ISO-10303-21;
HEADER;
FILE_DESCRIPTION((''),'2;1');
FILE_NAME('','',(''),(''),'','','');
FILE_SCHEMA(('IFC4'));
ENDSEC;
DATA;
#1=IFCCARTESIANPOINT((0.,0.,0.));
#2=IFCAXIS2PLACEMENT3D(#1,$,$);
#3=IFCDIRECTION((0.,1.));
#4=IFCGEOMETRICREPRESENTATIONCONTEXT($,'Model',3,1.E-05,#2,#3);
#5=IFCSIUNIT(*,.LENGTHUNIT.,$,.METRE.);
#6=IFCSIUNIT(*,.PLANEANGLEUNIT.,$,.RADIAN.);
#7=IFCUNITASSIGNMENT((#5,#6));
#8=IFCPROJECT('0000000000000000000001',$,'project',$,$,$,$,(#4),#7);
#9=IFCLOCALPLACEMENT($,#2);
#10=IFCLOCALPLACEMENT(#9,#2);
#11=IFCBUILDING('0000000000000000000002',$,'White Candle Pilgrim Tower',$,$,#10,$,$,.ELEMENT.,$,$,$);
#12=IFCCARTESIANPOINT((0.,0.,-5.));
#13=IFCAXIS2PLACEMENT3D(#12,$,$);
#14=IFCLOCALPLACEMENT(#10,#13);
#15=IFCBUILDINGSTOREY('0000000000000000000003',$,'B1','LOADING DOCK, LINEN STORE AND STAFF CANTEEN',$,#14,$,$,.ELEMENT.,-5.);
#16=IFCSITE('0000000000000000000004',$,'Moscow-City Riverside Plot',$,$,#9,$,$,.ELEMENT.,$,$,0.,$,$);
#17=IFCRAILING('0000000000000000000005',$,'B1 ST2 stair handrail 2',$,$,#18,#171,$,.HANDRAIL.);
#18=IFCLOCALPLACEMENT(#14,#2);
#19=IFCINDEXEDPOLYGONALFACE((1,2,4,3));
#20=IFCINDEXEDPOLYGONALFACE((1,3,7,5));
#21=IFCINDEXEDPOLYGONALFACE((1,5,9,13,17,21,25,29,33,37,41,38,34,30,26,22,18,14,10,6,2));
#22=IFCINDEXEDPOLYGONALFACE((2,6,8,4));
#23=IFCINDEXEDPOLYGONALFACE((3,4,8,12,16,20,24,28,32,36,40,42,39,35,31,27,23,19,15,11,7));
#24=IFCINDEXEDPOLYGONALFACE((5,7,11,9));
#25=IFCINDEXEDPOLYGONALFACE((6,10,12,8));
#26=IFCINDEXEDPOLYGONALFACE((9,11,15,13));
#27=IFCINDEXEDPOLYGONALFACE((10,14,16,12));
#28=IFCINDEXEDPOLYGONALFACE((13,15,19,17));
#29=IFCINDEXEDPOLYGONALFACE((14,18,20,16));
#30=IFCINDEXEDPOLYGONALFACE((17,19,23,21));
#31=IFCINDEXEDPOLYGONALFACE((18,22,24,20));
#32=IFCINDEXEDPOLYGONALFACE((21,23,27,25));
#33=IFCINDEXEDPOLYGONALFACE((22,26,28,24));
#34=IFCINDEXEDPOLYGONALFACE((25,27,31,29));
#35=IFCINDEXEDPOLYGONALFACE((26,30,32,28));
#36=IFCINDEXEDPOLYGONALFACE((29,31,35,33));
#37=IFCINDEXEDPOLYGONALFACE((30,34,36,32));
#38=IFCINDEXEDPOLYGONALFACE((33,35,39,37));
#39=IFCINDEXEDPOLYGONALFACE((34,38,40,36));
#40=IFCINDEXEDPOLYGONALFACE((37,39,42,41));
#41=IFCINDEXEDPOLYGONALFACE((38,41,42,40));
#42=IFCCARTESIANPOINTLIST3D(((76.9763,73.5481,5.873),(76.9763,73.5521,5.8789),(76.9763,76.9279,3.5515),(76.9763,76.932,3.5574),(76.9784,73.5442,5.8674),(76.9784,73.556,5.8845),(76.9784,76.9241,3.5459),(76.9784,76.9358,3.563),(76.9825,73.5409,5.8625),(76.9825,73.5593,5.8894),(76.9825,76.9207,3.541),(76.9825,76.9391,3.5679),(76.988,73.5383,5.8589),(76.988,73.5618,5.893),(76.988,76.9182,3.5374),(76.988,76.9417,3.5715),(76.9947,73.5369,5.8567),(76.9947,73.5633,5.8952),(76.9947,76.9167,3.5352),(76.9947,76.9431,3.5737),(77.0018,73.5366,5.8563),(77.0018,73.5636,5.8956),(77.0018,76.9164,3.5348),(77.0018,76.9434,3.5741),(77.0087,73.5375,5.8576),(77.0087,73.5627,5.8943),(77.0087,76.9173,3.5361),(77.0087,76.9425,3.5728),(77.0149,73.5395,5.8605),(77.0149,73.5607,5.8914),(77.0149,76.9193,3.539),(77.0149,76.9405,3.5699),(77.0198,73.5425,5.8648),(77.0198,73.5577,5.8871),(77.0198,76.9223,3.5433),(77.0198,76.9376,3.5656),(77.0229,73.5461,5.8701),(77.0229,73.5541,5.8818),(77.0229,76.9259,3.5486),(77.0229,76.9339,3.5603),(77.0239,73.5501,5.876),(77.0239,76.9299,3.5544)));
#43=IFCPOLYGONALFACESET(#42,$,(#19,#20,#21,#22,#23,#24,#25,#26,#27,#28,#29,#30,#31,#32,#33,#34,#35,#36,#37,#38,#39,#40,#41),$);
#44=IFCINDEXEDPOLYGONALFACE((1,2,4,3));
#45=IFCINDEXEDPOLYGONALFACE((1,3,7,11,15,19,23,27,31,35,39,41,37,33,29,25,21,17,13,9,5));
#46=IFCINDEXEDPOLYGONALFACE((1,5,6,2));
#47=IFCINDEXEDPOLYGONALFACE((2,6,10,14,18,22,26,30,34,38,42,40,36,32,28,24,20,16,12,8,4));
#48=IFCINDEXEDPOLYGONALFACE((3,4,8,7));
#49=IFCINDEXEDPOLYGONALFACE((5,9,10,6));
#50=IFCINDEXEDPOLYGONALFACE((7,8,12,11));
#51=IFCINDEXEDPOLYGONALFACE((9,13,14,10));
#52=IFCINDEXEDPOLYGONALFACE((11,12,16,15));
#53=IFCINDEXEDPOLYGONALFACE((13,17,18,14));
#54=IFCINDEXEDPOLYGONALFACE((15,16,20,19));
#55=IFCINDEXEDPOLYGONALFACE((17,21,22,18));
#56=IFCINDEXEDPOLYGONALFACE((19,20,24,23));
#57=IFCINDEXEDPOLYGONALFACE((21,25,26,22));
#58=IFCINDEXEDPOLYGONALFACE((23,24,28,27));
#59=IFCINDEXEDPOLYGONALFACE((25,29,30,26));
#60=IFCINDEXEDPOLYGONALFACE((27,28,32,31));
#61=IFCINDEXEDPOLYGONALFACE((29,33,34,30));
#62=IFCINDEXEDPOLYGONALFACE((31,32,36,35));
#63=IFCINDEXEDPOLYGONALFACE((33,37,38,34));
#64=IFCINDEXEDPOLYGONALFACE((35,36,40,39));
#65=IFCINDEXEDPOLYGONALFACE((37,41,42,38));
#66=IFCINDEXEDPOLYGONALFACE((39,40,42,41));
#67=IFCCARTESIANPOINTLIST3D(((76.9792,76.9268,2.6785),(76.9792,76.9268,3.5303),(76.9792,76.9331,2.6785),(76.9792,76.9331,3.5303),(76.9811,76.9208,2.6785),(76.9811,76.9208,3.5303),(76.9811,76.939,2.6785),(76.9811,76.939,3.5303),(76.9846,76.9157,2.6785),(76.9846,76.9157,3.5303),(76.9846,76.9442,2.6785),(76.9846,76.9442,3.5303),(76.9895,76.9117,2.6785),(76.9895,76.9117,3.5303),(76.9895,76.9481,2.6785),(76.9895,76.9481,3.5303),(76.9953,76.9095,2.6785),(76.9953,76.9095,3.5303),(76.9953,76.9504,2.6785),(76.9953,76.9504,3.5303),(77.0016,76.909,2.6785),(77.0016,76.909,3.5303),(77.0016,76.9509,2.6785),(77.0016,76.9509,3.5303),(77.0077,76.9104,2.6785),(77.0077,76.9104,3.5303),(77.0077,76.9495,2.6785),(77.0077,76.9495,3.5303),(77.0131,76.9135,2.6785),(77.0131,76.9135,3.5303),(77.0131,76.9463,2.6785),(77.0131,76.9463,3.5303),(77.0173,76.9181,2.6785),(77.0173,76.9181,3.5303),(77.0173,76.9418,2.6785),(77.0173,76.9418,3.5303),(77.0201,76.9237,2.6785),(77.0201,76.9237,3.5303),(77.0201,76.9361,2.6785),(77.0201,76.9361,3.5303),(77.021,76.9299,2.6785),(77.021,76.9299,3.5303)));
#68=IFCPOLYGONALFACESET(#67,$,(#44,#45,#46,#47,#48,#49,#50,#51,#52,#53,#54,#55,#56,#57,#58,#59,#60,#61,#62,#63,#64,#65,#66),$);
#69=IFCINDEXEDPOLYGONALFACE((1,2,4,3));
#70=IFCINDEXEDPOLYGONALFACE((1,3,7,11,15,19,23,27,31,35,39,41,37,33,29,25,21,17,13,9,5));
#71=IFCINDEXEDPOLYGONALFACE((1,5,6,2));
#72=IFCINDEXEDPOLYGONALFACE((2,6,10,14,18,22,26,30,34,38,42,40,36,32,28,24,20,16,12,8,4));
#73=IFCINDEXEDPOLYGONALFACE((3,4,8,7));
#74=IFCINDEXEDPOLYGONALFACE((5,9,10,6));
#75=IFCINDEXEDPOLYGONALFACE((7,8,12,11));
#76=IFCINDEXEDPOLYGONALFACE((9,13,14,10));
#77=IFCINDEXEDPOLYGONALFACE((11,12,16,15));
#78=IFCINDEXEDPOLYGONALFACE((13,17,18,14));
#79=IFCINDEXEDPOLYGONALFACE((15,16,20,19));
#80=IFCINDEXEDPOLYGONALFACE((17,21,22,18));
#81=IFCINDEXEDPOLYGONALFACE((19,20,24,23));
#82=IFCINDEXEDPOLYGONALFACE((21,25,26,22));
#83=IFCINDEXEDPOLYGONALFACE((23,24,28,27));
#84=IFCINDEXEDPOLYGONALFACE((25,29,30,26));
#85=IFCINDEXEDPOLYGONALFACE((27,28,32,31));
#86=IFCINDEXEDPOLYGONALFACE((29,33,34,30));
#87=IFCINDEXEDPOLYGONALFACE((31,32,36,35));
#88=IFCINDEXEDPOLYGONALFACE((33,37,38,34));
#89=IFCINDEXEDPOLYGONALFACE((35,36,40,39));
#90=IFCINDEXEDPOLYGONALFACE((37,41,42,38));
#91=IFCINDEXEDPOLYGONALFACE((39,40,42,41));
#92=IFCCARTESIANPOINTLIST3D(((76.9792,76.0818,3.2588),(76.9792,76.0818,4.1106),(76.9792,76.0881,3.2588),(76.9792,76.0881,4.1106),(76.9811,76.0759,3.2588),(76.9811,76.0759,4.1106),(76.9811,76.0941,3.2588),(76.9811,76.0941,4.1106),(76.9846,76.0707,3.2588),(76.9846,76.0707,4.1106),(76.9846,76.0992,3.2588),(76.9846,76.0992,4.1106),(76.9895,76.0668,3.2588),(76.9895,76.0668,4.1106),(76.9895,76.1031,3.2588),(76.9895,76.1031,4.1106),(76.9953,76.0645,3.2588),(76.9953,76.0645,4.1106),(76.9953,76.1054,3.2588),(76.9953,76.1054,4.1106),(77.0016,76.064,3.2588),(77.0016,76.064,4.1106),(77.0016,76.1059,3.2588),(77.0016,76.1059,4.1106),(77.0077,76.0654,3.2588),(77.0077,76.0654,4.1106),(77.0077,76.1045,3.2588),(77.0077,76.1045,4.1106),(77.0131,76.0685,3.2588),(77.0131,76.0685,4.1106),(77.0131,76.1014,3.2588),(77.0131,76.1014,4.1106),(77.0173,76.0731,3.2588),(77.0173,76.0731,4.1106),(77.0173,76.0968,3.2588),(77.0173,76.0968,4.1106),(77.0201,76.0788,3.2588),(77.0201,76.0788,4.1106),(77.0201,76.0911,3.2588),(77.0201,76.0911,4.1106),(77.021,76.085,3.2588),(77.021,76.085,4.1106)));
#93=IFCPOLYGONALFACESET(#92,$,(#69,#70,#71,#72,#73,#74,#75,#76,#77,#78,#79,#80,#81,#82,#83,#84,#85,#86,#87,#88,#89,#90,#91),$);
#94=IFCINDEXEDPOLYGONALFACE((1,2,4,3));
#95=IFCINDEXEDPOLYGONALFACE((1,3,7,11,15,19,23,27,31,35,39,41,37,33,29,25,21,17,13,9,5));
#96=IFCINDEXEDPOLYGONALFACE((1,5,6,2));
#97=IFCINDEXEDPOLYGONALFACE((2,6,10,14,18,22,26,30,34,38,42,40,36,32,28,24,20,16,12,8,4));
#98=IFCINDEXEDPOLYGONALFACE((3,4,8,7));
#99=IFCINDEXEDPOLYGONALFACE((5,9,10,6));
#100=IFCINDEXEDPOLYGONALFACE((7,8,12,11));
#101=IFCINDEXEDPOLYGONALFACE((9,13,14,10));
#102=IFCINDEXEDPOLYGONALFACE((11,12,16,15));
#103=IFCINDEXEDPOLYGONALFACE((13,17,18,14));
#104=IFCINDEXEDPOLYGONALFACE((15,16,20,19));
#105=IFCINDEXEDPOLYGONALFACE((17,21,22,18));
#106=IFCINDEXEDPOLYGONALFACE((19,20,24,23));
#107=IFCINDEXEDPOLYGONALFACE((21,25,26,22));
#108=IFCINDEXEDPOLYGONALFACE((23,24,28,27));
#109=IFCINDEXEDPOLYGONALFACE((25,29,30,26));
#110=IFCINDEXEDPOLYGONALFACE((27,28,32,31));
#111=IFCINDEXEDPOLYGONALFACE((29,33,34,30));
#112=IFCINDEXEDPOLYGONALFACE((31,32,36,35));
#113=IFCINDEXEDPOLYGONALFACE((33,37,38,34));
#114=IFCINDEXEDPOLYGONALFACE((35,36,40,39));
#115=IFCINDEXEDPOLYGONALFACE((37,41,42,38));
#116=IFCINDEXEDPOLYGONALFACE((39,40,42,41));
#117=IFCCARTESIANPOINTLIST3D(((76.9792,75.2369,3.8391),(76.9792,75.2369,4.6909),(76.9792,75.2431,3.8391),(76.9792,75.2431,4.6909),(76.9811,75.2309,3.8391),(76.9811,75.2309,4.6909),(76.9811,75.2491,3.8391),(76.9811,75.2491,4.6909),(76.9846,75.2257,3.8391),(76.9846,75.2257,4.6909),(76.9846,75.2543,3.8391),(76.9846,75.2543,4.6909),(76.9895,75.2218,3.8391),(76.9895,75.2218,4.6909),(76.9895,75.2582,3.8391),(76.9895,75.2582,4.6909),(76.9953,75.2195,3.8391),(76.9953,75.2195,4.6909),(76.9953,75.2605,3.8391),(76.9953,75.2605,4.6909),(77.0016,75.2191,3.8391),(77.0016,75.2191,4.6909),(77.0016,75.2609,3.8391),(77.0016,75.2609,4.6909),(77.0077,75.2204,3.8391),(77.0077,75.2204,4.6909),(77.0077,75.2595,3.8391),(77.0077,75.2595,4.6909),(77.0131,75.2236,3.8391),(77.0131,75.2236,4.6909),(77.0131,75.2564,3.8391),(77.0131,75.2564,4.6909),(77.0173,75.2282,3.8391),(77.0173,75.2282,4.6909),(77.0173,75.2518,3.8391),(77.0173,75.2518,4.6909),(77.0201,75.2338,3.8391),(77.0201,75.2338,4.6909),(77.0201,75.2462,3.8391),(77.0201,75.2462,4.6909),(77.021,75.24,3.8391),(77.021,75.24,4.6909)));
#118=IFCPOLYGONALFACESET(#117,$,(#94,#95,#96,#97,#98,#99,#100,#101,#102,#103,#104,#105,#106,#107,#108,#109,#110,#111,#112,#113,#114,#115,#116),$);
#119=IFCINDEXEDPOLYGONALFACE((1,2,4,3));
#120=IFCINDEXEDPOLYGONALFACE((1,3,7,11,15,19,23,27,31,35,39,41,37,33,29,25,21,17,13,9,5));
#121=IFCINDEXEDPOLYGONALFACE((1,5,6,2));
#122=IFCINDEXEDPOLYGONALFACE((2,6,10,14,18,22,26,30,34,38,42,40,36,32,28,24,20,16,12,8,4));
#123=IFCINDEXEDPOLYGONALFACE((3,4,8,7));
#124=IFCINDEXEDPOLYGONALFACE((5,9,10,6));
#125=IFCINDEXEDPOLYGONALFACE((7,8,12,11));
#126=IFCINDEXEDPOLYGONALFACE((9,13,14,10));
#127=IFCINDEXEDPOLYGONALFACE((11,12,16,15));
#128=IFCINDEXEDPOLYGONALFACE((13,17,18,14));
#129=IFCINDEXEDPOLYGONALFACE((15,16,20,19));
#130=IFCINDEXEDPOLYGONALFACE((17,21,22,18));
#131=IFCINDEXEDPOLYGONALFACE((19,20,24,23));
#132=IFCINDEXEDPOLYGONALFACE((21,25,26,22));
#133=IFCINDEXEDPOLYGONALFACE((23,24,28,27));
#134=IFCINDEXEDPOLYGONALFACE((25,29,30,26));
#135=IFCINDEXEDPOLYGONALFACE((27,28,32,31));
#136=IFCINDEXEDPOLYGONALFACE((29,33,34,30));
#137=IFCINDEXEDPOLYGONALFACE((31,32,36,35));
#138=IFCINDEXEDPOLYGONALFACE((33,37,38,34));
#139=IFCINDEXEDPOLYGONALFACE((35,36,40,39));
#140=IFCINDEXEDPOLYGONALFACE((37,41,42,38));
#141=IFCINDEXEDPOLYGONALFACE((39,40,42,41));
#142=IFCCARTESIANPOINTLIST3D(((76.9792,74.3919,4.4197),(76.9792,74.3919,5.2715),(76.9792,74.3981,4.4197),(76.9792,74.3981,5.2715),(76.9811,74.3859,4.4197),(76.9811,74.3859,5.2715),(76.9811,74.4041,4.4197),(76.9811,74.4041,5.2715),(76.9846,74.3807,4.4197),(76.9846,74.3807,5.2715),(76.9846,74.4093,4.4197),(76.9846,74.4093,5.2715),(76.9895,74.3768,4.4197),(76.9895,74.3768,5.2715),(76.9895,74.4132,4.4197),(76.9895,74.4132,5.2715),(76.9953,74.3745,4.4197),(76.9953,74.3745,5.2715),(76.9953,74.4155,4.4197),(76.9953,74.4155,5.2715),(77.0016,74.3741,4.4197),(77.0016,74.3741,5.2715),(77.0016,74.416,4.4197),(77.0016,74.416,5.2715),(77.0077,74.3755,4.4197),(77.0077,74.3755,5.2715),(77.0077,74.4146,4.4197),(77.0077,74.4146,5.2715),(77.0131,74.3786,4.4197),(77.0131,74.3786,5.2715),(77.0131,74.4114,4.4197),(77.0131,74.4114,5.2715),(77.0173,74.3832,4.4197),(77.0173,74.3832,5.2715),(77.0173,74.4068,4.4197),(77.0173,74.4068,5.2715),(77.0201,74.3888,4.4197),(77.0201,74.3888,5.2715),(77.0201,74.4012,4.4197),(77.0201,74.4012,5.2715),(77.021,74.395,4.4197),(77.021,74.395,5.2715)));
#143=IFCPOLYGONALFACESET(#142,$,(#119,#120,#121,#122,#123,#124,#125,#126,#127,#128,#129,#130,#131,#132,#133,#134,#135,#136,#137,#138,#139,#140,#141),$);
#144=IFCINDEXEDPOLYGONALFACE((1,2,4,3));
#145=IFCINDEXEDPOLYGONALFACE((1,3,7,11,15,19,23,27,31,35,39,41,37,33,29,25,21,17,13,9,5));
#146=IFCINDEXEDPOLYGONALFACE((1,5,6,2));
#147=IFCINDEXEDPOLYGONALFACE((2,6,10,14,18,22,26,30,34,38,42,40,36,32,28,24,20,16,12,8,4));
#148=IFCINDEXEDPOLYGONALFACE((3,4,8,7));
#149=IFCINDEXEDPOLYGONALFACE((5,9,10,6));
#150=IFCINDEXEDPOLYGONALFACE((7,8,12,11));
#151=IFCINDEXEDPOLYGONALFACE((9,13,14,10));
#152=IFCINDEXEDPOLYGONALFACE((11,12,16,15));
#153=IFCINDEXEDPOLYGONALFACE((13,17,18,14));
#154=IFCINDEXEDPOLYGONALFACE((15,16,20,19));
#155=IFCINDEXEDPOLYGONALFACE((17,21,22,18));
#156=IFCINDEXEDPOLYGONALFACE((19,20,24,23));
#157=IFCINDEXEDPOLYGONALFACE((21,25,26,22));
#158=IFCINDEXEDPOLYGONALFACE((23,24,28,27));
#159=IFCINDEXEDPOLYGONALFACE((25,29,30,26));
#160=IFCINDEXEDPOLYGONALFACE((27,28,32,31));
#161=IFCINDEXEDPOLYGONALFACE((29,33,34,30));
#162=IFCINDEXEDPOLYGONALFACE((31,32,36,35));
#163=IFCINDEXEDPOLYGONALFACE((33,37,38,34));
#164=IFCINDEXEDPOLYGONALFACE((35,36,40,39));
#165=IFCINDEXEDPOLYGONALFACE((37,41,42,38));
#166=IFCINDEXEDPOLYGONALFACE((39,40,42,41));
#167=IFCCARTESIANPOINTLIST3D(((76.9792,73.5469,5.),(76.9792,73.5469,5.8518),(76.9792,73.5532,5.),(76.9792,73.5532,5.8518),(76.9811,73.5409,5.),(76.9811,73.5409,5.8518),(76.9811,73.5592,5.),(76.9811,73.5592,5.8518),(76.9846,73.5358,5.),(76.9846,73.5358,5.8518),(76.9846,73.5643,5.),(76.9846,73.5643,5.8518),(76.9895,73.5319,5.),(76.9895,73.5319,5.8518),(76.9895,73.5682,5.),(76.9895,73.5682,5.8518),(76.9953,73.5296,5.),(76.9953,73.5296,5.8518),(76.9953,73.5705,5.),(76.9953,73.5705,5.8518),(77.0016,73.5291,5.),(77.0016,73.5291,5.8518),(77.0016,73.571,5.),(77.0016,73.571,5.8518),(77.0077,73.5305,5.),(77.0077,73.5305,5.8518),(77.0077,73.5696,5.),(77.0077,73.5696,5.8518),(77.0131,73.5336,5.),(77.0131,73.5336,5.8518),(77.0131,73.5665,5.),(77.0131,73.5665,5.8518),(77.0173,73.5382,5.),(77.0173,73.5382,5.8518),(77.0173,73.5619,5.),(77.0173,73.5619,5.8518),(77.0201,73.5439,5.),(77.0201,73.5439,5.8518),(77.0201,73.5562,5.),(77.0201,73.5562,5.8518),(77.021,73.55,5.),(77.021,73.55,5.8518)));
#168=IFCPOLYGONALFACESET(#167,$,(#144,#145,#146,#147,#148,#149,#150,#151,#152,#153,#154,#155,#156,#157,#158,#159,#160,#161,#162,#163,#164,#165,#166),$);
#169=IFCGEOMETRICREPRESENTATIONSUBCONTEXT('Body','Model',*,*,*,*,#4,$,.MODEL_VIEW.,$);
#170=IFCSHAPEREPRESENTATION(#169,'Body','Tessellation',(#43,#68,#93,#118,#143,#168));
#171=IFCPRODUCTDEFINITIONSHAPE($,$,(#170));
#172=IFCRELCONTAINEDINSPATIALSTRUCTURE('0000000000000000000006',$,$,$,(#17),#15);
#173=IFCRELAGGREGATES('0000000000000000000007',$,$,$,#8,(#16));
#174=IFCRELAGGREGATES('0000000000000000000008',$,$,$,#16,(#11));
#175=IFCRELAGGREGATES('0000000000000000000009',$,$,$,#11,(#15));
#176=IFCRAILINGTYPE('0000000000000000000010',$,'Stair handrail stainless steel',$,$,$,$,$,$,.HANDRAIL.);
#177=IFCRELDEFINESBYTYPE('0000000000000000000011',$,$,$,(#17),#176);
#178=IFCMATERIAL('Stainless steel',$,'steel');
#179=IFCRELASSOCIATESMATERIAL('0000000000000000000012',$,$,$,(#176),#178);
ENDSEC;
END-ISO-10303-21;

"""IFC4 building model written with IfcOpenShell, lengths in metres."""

from ifc_helpers import new_model, si_unit, direction, frame, origin, origin_2d, place, context, subcontext, project, spatial, circle, extrude, material, type_object, element, save


model = new_model("IFC4")

# Units and contexts
model_context = context("Model", 3, precision=1e-05, world=origin(), true_north=direction((0.0, 1.0)))
body_context = subcontext(model_context, "Body", "Model", "MODEL_VIEW")
ifc_project = project(units=[si_unit("LENGTHUNIT", "METRE"), si_unit("PLANEANGLEUNIT", "RADIAN")], contexts=[model_context])

# Site, building, storey
site_placement = place(None, origin())
site = spatial("IfcSite", under=ifc_project, at=site_placement, Name="Moscow-City Riverside Plot", CompositionType="ELEMENT", RefElevation=0.0)
building_placement = place(site_placement, origin())
building = spatial("IfcBuilding", under=site, at=building_placement, Name="White Candle Pilgrim Tower", CompositionType="ELEMENT")
storey_placement = place(building_placement, frame((0.0, 0.0, -5.0)))
storey = spatial("IfcBuildingStorey", under=building, at=storey_placement, Name="B1", Description="LOADING DOCK, LINEN STORE AND STAFF CANTEEN", CompositionType="ELEMENT", Elevation=-5.0)

# Railing
ifc_material_1 = material(Name="Stainless steel", Category="steel")
railing_type_1 = type_object("IfcRailingType", Name="Stair handrail stainless steel", PredefinedType="HANDRAIL", material=ifc_material_1)
railing_1_placement = place(storey_placement, frame((77.0, 76.9299, 2.6785)))
element("IfcRailing", 1, at=railing_1_placement, inside=storey, type_object=railing_type_1, Name="B1 ST2 stair handrail 2", PredefinedType="HANDRAIL", context=body_context, shape_type="SweptSolid", body=[
    extrude(circle(Radius=0.0239, at=origin_2d()), frame((0.0, 0.0, 0.876), z_axis=(0.0, -0.824285, 0.566175), x_axis=(1.0, 0.0, 0.0)), (0.0, 0.0, 1.0), 4.1003),
    extrude(circle(Radius=0.021, at=origin_2d()), origin(), (0.0, 0.0, 1.0), 0.8518),
    extrude(circle(Radius=0.021, at=origin_2d()), frame((0.0, -0.845, 0.5803)), (0.0, 0.0, 1.0), 0.8518),
    extrude(circle(Radius=0.021, at=origin_2d()), frame((0.0, -1.6899, 1.1606)), (0.0, 0.0, 1.0), 0.8518),
    extrude(circle(Radius=0.021, at=origin_2d()), frame((0.0, -2.5349, 1.7412)), (0.0, 0.0, 1.0), 0.8518),
    extrude(circle(Radius=0.021, at=origin_2d()), frame((0.0, -3.3799, 2.3215)), (0.0, 0.0, 1.0), 0.8518),
])

save(model, "model.ifc")
